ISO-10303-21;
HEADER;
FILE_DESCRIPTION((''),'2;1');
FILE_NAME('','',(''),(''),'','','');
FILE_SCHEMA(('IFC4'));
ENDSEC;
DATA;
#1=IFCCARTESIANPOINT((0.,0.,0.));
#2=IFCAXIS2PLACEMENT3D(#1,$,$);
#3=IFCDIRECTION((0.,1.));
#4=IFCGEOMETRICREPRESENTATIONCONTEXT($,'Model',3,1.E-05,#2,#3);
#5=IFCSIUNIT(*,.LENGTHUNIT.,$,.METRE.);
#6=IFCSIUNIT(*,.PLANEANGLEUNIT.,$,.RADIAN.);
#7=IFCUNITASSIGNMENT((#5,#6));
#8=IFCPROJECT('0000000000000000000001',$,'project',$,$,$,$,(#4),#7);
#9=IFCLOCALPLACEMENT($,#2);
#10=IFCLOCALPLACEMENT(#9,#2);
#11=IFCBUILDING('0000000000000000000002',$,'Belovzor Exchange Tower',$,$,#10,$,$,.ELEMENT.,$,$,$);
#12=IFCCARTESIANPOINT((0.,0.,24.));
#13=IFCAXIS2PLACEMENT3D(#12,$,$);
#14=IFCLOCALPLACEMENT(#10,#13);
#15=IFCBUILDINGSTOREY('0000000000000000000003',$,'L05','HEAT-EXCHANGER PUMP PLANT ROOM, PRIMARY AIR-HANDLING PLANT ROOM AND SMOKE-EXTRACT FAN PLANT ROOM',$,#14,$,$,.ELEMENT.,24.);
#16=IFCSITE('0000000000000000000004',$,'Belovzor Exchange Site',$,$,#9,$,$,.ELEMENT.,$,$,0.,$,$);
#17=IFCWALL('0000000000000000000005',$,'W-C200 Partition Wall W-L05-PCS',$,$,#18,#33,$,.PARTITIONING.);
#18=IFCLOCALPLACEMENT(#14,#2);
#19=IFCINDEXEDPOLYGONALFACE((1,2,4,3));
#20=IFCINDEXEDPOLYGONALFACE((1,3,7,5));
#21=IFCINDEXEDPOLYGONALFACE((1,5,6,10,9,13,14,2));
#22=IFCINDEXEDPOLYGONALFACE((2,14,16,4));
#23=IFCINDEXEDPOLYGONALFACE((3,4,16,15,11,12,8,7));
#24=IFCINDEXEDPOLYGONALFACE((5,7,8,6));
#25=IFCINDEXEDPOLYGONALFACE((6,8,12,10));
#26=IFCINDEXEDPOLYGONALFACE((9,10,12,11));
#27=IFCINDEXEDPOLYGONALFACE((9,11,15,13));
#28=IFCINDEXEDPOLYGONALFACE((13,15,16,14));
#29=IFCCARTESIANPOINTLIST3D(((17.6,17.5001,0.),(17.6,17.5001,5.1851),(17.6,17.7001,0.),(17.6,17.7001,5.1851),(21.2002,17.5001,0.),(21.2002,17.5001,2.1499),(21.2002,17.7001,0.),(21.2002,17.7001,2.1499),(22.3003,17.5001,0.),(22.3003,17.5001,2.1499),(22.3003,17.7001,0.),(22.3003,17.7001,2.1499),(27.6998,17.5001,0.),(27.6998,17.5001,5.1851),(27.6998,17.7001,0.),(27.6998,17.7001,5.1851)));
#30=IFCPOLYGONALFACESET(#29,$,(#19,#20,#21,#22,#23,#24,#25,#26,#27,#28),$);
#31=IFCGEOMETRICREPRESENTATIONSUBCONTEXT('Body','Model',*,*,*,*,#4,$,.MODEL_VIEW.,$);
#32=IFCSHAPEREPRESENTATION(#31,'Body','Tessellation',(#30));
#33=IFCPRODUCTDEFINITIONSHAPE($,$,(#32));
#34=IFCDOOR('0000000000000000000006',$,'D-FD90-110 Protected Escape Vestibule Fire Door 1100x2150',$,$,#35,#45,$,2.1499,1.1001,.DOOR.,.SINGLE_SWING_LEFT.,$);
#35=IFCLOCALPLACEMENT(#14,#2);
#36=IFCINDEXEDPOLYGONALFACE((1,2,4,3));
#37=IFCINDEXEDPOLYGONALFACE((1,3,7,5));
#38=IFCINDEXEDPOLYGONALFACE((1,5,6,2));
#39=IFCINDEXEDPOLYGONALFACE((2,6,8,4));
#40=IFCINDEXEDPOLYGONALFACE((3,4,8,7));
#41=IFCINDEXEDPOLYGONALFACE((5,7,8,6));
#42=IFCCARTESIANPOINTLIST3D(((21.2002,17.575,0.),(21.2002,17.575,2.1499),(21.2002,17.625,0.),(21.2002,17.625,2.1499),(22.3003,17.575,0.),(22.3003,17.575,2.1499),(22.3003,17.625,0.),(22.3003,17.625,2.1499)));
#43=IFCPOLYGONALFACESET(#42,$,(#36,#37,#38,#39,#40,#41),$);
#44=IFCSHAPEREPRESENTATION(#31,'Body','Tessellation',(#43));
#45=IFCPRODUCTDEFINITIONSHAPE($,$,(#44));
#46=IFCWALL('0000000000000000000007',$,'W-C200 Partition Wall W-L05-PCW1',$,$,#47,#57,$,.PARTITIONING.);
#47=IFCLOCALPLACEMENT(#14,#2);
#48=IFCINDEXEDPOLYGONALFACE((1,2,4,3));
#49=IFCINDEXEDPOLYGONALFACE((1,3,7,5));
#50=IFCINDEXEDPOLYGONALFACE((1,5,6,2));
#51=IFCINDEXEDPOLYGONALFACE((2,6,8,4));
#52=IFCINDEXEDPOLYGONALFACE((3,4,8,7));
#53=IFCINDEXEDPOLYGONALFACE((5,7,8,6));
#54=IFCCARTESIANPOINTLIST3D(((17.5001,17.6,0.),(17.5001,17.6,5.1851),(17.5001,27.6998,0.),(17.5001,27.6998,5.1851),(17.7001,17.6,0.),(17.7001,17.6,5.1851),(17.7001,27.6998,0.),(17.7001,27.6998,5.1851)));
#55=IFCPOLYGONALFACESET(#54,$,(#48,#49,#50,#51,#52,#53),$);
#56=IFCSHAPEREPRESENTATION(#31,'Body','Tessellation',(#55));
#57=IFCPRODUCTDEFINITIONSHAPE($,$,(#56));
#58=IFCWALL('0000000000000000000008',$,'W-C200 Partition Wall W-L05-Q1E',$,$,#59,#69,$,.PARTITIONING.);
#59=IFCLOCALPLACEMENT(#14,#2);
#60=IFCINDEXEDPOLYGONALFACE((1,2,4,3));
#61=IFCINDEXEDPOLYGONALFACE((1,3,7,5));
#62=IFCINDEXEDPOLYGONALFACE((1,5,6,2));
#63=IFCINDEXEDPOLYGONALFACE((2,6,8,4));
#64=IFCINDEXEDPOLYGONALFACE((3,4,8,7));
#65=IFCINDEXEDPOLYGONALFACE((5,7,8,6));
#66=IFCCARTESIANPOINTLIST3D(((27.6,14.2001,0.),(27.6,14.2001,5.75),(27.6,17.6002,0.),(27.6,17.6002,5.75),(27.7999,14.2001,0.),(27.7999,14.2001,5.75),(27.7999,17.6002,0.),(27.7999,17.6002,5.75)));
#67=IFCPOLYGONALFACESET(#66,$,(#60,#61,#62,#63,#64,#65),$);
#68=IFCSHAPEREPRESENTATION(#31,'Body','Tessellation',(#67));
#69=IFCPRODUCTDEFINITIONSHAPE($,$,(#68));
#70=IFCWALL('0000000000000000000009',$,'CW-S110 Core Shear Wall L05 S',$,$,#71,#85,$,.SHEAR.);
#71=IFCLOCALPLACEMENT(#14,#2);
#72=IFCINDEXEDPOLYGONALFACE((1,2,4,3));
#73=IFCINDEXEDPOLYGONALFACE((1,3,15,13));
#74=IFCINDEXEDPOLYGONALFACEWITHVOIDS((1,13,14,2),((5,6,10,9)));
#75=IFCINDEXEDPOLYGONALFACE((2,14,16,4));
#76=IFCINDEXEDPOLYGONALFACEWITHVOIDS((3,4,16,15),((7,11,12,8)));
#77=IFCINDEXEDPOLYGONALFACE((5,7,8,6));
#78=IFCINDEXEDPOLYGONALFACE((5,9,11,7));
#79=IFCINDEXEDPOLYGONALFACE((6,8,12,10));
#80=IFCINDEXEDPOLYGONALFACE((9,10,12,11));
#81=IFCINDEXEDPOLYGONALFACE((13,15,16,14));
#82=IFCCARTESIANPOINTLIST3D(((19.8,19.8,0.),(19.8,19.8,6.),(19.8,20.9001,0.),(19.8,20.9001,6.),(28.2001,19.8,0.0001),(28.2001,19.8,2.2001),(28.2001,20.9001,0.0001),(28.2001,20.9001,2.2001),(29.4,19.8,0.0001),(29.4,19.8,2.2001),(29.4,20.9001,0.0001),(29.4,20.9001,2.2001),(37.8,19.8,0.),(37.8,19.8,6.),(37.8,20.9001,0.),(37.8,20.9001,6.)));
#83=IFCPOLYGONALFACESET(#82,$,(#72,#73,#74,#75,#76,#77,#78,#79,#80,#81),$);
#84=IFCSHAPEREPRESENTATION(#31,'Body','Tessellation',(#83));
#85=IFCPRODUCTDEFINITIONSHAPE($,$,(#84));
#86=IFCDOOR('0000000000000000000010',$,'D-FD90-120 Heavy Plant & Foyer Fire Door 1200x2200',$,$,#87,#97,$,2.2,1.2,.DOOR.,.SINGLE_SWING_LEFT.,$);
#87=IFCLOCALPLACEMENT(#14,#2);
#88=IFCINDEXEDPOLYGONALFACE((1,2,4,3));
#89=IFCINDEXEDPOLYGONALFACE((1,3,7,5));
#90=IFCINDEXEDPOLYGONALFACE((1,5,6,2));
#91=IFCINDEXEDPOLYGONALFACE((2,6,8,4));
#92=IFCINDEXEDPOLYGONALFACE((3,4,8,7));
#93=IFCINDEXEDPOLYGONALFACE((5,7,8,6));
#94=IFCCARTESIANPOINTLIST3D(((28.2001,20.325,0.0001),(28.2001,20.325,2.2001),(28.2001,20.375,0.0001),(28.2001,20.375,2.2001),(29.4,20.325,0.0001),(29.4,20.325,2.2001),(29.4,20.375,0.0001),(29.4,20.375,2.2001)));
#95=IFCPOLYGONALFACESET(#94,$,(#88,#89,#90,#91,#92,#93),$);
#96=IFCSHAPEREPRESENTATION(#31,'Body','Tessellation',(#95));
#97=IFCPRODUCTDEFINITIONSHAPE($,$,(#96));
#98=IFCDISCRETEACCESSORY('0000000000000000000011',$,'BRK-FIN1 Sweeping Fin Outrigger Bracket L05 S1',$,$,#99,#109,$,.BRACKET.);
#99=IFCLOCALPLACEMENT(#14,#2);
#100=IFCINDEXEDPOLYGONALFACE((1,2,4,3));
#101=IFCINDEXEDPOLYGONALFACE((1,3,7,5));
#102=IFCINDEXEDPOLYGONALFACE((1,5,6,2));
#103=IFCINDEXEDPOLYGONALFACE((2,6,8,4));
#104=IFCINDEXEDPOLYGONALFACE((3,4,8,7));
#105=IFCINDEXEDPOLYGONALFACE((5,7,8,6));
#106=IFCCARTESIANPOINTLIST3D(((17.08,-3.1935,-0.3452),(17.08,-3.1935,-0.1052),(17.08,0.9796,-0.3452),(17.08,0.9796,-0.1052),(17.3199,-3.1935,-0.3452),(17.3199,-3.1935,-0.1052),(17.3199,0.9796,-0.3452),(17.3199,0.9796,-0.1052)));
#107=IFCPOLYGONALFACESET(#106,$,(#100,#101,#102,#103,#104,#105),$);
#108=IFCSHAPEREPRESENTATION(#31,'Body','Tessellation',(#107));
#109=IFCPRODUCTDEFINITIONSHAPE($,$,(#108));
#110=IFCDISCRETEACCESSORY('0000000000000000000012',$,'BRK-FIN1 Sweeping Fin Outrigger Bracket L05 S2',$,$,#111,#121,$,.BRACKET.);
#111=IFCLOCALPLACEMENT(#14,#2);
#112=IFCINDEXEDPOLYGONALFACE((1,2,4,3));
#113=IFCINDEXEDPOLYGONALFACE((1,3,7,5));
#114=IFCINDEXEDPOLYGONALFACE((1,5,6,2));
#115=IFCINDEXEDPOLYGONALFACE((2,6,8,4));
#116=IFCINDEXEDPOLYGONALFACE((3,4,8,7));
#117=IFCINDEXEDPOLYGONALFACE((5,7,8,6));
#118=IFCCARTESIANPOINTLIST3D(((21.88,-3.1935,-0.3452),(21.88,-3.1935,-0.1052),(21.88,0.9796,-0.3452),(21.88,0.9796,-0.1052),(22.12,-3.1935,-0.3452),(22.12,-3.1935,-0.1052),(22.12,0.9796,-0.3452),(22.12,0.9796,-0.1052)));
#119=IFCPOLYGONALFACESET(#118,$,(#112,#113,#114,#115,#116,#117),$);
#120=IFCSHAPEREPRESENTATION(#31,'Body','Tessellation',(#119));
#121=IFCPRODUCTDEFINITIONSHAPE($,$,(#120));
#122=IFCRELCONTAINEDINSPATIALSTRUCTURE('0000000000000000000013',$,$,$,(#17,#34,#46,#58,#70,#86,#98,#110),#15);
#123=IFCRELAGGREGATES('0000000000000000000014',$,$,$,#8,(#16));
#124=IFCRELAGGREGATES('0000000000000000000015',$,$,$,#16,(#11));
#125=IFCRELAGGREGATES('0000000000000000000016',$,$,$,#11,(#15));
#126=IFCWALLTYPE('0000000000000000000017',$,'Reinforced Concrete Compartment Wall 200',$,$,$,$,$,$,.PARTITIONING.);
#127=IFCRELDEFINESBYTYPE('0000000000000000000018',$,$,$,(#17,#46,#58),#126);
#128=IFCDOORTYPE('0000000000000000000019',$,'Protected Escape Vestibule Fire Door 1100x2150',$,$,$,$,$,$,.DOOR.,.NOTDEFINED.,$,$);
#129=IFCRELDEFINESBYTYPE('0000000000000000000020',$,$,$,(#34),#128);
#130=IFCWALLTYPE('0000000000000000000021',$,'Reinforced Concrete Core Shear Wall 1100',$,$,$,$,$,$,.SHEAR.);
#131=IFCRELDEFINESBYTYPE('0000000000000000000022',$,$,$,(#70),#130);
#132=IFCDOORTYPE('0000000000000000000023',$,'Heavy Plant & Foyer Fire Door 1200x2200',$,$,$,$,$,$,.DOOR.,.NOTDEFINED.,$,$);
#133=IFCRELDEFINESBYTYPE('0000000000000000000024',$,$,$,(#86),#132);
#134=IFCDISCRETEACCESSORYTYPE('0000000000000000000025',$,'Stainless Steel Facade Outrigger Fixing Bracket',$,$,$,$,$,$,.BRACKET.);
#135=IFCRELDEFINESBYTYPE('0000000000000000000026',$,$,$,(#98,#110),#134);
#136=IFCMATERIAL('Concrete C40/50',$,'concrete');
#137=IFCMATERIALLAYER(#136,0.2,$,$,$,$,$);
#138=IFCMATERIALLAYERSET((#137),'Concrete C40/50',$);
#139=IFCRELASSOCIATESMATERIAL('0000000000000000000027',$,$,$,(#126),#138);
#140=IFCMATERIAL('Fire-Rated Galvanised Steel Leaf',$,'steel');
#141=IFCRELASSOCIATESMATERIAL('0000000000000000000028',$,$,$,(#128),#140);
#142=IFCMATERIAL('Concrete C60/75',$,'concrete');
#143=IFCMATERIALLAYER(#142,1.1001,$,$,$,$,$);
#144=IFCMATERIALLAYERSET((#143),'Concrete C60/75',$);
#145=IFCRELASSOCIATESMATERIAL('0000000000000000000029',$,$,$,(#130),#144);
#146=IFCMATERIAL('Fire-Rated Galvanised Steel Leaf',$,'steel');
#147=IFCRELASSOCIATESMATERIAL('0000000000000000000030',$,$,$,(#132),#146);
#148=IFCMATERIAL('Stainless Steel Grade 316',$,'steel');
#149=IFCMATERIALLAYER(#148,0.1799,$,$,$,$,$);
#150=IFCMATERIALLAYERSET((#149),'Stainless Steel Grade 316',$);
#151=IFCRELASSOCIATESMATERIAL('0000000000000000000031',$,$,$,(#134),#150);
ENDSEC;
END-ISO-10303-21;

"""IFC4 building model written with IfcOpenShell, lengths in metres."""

from ifc_helpers import new_model, si_unit, direction, frame, frame_2d, origin, origin_2d, place, context, subcontext, project, spatial, rectangle, extrude, material, layer, layer_set, type_object, element, fill, save


model = new_model("IFC4")

# Units and contexts
model_context = context("Model", 3, precision=1e-05, world=origin(), true_north=direction((0.0, 1.0)))
body_context = subcontext(model_context, "Body", "Model", "MODEL_VIEW")
ifc_project = project(units=[si_unit("LENGTHUNIT", "METRE"), si_unit("PLANEANGLEUNIT", "RADIAN")], contexts=[model_context])

# Site, building, storey
site_placement = place(None, origin())
site = spatial("IfcSite", under=ifc_project, at=site_placement, Name="Belovzor Exchange Site", CompositionType="ELEMENT", RefElevation=0.0)
building_placement = place(site_placement, origin())
building = spatial("IfcBuilding", under=site, at=building_placement, Name="Belovzor Exchange Tower", CompositionType="ELEMENT")
storey_placement = place(building_placement, frame((0.0, 0.0, 24.0)))
storey = spatial("IfcBuildingStorey", under=building, at=storey_placement, Name="L05", Description="HEAT-EXCHANGER PUMP PLANT ROOM, PRIMARY AIR-HANDLING PLANT ROOM AND SMOKE-EXTRACT FAN PLANT ROOM", CompositionType="ELEMENT", Elevation=24.0)

# Wall, opening, door
ifc_material_1 = material(Name="Concrete C40/50", Category="concrete")
ifc_layer_1 = layer(ifc_material_1, 0.2)
ifc_layer_set_1 = layer_set([ifc_layer_1], Name="Concrete C40/50")
wall_type_1 = type_object("IfcWallType", Name="Reinforced Concrete Compartment Wall 200", PredefinedType="PARTITIONING", material=ifc_layer_set_1)
wall_1_placement = place(storey_placement, frame((17.6001, 17.6001, 0.0), z_axis=(0.0, 0.0, 1.0), x_axis=(1.0, 0.0, 0.0)))
wall_1 = element("IfcWall", 1, at=wall_1_placement, inside=storey, type_object=wall_type_1, Name="W-C200 Partition Wall W-L05-PCS", PredefinedType="PARTITIONING", context=body_context, shape_type="SweptSolid", body=[
    extrude(rectangle(XDim=10.0999, YDim=0.2, at=frame_2d((5.0498, 0.0))), origin(), (0.0, 0.0, 1.0), 5.1851),
])
opening_1_placement = place(wall_1_placement, frame((3.6001, 0.0, 0.0)))
opening_1 = element("IfcOpeningElement", 2, at=opening_1_placement, cuts=wall_1, PredefinedType="OPENING", context=body_context, shape_type="SweptSolid", body=[
    extrude(rectangle(XDim=1.1001, YDim=2.1499, at=frame_2d((0.55, 1.075))), frame((0.0, 0.1099, 0.0), z_axis=(0.0, -1.0, 0.0), x_axis=(1.0, 0.0, 0.0)), (0.0, 0.0, 1.0), 0.22),
])
ifc_material_2 = material(Name="Fire-Rated Galvanised Steel Leaf", Category="steel")
door_type_1 = type_object("IfcDoorType", Name="Protected Escape Vestibule Fire Door 1100x2150", OperationType="NOTDEFINED", PredefinedType="DOOR", material=ifc_material_2)
door_1_placement = place(opening_1_placement, origin())
door_1 = element("IfcDoor", 3, at=door_1_placement, inside=storey, type_object=door_type_1, Name="D-FD90-110 Protected Escape Vestibule Fire Door 1100x2150", OperationType="SINGLE_SWING_LEFT", OverallHeight=2.1499, OverallWidth=1.1001, PredefinedType="DOOR", context=body_context, shape_type="SweptSolid", body=[
    extrude(rectangle(XDim=1.1001, YDim=2.1499, at=frame_2d((0.55, 1.075))), frame((0.0, 0.0249, 0.0), z_axis=(0.0, -1.0, 0.0), x_axis=(1.0, 0.0, 0.0)), (0.0, 0.0, 1.0), 0.05),
])
fill(opening_1, door_1)

# Walls
wall_2_placement = place(storey_placement, frame((17.6001, 17.6001, 0.0), z_axis=(0.0, 0.0, 1.0), x_axis=(0.0, 1.0, 0.0)))
element("IfcWall", 4, at=wall_2_placement, inside=storey, type_object=wall_type_1, Name="W-C200 Partition Wall W-L05-PCW1", PredefinedType="PARTITIONING", context=body_context, shape_type="SweptSolid", body=[
    extrude(rectangle(XDim=10.0999, YDim=0.2, at=frame_2d((5.0498, 0.0))), origin(), (0.0, 0.0, 1.0), 5.1851),
])
wall_3_placement = place(storey_placement, frame((27.7, 14.2, 0.0), z_axis=(0.0, 0.0, 1.0), x_axis=(0.0, 1.0, 0.0)))
element("IfcWall", 5, at=wall_3_placement, inside=storey, type_object=wall_type_1, Name="W-C200 Partition Wall W-L05-Q1E", PredefinedType="PARTITIONING", context=body_context, shape_type="SweptSolid", body=[
    extrude(rectangle(XDim=3.4001, YDim=0.2, at=frame_2d((1.7002, 0.0))), origin(), (0.0, 0.0, 1.0), 5.75),
])

# Wall, opening, door
ifc_material_3 = material(Name="Concrete C60/75", Category="concrete")
ifc_layer_2 = layer(ifc_material_3, 1.1001)
ifc_layer_set_2 = layer_set([ifc_layer_2], Name="Concrete C60/75")
wall_type_2 = type_object("IfcWallType", Name="Reinforced Concrete Core Shear Wall 1100", PredefinedType="SHEAR", material=ifc_layer_set_2)
wall_4_placement = place(storey_placement, frame((19.8, 20.3501, 0.0), z_axis=(0.0, 0.0, 1.0), x_axis=(1.0, 0.0, 0.0)))
wall_4 = element("IfcWall", 6, at=wall_4_placement, inside=storey, type_object=wall_type_2, Name="CW-S110 Core Shear Wall L05 S", PredefinedType="SHEAR", context=body_context, shape_type="SweptSolid", body=[
    extrude(rectangle(XDim=18.0, YDim=1.1001, at=frame_2d((9.0, 0.0))), origin(), (0.0, 0.0, 1.0), 6.0),
])
opening_2_placement = place(wall_4_placement, frame((8.3999, 0.0, 0.0)))
opening_2 = element("IfcOpeningElement", 7, at=opening_2_placement, cuts=wall_4, PredefinedType="OPENING", context=body_context, shape_type="SweptSolid", body=[
    extrude(rectangle(XDim=1.2, YDim=2.2, at=frame_2d((0.6001, 1.1001))), frame((0.0, 0.5601, 0.0), z_axis=(0.0, -1.0, 0.0), x_axis=(1.0, 0.0, 0.0)), (0.0, 0.0, 1.0), 1.1201),
])
ifc_material_4 = material(Name="Fire-Rated Galvanised Steel Leaf", Category="steel")
door_type_2 = type_object("IfcDoorType", Name="Heavy Plant & Foyer Fire Door 1200x2200", OperationType="NOTDEFINED", PredefinedType="DOOR", material=ifc_material_4)
door_2_placement = place(opening_2_placement, origin())
door_2 = element("IfcDoor", 8, at=door_2_placement, inside=storey, type_object=door_type_2, Name="D-FD90-120 Heavy Plant & Foyer Fire Door 1200x2200", OperationType="SINGLE_SWING_LEFT", OverallHeight=2.2, OverallWidth=1.2, PredefinedType="DOOR", context=body_context, shape_type="SweptSolid", body=[
    extrude(rectangle(XDim=1.2, YDim=2.2, at=frame_2d((0.6001, 1.1001))), frame((0.0, 0.0249, 0.0), z_axis=(0.0, -1.0, 0.0), x_axis=(1.0, 0.0, 0.0)), (0.0, 0.0, 1.0), 0.05),
])
fill(opening_2, door_2)

# Discrete accessories
ifc_material_5 = material(Name="Stainless Steel Grade 316", Category="steel")
ifc_layer_3 = layer(ifc_material_5, 0.1799)
ifc_layer_set_3 = layer_set([ifc_layer_3], Name="Stainless Steel Grade 316")
discrete_accessory_type = type_object("IfcDiscreteAccessoryType", Name="Stainless Steel Facade Outrigger Fixing Bracket", PredefinedType="BRACKET", material=ifc_layer_set_3)
for number, where, z_axis, x_axis, name in (
    (9, (17.2, -1.1069, -0.3452), (0.0, 0.0, 1.0), (0.0, 1.0, 0.0), "BRK-FIN1 Sweeping Fin Outrigger Bracket L05 S1"),
    (10, (22.0, -1.1069, -0.3452), (0.0, 0.0, 1.0), (0.0, 1.0, 0.0), "BRK-FIN1 Sweeping Fin Outrigger Bracket L05 S2"),
):
    element("IfcDiscreteAccessory", number, at=place(storey_placement, frame(where, z_axis=z_axis, x_axis=x_axis)), inside=storey, type_object=discrete_accessory_type, Name=name, PredefinedType="BRACKET", context=body_context, shape_type="SweptSolid", body=[
        extrude(rectangle(XDim=4.1731, YDim=0.24, at=origin_2d()), origin(), (0.0, 0.0, 1.0), 0.24),
    ])

save(model, "model.ifc")
